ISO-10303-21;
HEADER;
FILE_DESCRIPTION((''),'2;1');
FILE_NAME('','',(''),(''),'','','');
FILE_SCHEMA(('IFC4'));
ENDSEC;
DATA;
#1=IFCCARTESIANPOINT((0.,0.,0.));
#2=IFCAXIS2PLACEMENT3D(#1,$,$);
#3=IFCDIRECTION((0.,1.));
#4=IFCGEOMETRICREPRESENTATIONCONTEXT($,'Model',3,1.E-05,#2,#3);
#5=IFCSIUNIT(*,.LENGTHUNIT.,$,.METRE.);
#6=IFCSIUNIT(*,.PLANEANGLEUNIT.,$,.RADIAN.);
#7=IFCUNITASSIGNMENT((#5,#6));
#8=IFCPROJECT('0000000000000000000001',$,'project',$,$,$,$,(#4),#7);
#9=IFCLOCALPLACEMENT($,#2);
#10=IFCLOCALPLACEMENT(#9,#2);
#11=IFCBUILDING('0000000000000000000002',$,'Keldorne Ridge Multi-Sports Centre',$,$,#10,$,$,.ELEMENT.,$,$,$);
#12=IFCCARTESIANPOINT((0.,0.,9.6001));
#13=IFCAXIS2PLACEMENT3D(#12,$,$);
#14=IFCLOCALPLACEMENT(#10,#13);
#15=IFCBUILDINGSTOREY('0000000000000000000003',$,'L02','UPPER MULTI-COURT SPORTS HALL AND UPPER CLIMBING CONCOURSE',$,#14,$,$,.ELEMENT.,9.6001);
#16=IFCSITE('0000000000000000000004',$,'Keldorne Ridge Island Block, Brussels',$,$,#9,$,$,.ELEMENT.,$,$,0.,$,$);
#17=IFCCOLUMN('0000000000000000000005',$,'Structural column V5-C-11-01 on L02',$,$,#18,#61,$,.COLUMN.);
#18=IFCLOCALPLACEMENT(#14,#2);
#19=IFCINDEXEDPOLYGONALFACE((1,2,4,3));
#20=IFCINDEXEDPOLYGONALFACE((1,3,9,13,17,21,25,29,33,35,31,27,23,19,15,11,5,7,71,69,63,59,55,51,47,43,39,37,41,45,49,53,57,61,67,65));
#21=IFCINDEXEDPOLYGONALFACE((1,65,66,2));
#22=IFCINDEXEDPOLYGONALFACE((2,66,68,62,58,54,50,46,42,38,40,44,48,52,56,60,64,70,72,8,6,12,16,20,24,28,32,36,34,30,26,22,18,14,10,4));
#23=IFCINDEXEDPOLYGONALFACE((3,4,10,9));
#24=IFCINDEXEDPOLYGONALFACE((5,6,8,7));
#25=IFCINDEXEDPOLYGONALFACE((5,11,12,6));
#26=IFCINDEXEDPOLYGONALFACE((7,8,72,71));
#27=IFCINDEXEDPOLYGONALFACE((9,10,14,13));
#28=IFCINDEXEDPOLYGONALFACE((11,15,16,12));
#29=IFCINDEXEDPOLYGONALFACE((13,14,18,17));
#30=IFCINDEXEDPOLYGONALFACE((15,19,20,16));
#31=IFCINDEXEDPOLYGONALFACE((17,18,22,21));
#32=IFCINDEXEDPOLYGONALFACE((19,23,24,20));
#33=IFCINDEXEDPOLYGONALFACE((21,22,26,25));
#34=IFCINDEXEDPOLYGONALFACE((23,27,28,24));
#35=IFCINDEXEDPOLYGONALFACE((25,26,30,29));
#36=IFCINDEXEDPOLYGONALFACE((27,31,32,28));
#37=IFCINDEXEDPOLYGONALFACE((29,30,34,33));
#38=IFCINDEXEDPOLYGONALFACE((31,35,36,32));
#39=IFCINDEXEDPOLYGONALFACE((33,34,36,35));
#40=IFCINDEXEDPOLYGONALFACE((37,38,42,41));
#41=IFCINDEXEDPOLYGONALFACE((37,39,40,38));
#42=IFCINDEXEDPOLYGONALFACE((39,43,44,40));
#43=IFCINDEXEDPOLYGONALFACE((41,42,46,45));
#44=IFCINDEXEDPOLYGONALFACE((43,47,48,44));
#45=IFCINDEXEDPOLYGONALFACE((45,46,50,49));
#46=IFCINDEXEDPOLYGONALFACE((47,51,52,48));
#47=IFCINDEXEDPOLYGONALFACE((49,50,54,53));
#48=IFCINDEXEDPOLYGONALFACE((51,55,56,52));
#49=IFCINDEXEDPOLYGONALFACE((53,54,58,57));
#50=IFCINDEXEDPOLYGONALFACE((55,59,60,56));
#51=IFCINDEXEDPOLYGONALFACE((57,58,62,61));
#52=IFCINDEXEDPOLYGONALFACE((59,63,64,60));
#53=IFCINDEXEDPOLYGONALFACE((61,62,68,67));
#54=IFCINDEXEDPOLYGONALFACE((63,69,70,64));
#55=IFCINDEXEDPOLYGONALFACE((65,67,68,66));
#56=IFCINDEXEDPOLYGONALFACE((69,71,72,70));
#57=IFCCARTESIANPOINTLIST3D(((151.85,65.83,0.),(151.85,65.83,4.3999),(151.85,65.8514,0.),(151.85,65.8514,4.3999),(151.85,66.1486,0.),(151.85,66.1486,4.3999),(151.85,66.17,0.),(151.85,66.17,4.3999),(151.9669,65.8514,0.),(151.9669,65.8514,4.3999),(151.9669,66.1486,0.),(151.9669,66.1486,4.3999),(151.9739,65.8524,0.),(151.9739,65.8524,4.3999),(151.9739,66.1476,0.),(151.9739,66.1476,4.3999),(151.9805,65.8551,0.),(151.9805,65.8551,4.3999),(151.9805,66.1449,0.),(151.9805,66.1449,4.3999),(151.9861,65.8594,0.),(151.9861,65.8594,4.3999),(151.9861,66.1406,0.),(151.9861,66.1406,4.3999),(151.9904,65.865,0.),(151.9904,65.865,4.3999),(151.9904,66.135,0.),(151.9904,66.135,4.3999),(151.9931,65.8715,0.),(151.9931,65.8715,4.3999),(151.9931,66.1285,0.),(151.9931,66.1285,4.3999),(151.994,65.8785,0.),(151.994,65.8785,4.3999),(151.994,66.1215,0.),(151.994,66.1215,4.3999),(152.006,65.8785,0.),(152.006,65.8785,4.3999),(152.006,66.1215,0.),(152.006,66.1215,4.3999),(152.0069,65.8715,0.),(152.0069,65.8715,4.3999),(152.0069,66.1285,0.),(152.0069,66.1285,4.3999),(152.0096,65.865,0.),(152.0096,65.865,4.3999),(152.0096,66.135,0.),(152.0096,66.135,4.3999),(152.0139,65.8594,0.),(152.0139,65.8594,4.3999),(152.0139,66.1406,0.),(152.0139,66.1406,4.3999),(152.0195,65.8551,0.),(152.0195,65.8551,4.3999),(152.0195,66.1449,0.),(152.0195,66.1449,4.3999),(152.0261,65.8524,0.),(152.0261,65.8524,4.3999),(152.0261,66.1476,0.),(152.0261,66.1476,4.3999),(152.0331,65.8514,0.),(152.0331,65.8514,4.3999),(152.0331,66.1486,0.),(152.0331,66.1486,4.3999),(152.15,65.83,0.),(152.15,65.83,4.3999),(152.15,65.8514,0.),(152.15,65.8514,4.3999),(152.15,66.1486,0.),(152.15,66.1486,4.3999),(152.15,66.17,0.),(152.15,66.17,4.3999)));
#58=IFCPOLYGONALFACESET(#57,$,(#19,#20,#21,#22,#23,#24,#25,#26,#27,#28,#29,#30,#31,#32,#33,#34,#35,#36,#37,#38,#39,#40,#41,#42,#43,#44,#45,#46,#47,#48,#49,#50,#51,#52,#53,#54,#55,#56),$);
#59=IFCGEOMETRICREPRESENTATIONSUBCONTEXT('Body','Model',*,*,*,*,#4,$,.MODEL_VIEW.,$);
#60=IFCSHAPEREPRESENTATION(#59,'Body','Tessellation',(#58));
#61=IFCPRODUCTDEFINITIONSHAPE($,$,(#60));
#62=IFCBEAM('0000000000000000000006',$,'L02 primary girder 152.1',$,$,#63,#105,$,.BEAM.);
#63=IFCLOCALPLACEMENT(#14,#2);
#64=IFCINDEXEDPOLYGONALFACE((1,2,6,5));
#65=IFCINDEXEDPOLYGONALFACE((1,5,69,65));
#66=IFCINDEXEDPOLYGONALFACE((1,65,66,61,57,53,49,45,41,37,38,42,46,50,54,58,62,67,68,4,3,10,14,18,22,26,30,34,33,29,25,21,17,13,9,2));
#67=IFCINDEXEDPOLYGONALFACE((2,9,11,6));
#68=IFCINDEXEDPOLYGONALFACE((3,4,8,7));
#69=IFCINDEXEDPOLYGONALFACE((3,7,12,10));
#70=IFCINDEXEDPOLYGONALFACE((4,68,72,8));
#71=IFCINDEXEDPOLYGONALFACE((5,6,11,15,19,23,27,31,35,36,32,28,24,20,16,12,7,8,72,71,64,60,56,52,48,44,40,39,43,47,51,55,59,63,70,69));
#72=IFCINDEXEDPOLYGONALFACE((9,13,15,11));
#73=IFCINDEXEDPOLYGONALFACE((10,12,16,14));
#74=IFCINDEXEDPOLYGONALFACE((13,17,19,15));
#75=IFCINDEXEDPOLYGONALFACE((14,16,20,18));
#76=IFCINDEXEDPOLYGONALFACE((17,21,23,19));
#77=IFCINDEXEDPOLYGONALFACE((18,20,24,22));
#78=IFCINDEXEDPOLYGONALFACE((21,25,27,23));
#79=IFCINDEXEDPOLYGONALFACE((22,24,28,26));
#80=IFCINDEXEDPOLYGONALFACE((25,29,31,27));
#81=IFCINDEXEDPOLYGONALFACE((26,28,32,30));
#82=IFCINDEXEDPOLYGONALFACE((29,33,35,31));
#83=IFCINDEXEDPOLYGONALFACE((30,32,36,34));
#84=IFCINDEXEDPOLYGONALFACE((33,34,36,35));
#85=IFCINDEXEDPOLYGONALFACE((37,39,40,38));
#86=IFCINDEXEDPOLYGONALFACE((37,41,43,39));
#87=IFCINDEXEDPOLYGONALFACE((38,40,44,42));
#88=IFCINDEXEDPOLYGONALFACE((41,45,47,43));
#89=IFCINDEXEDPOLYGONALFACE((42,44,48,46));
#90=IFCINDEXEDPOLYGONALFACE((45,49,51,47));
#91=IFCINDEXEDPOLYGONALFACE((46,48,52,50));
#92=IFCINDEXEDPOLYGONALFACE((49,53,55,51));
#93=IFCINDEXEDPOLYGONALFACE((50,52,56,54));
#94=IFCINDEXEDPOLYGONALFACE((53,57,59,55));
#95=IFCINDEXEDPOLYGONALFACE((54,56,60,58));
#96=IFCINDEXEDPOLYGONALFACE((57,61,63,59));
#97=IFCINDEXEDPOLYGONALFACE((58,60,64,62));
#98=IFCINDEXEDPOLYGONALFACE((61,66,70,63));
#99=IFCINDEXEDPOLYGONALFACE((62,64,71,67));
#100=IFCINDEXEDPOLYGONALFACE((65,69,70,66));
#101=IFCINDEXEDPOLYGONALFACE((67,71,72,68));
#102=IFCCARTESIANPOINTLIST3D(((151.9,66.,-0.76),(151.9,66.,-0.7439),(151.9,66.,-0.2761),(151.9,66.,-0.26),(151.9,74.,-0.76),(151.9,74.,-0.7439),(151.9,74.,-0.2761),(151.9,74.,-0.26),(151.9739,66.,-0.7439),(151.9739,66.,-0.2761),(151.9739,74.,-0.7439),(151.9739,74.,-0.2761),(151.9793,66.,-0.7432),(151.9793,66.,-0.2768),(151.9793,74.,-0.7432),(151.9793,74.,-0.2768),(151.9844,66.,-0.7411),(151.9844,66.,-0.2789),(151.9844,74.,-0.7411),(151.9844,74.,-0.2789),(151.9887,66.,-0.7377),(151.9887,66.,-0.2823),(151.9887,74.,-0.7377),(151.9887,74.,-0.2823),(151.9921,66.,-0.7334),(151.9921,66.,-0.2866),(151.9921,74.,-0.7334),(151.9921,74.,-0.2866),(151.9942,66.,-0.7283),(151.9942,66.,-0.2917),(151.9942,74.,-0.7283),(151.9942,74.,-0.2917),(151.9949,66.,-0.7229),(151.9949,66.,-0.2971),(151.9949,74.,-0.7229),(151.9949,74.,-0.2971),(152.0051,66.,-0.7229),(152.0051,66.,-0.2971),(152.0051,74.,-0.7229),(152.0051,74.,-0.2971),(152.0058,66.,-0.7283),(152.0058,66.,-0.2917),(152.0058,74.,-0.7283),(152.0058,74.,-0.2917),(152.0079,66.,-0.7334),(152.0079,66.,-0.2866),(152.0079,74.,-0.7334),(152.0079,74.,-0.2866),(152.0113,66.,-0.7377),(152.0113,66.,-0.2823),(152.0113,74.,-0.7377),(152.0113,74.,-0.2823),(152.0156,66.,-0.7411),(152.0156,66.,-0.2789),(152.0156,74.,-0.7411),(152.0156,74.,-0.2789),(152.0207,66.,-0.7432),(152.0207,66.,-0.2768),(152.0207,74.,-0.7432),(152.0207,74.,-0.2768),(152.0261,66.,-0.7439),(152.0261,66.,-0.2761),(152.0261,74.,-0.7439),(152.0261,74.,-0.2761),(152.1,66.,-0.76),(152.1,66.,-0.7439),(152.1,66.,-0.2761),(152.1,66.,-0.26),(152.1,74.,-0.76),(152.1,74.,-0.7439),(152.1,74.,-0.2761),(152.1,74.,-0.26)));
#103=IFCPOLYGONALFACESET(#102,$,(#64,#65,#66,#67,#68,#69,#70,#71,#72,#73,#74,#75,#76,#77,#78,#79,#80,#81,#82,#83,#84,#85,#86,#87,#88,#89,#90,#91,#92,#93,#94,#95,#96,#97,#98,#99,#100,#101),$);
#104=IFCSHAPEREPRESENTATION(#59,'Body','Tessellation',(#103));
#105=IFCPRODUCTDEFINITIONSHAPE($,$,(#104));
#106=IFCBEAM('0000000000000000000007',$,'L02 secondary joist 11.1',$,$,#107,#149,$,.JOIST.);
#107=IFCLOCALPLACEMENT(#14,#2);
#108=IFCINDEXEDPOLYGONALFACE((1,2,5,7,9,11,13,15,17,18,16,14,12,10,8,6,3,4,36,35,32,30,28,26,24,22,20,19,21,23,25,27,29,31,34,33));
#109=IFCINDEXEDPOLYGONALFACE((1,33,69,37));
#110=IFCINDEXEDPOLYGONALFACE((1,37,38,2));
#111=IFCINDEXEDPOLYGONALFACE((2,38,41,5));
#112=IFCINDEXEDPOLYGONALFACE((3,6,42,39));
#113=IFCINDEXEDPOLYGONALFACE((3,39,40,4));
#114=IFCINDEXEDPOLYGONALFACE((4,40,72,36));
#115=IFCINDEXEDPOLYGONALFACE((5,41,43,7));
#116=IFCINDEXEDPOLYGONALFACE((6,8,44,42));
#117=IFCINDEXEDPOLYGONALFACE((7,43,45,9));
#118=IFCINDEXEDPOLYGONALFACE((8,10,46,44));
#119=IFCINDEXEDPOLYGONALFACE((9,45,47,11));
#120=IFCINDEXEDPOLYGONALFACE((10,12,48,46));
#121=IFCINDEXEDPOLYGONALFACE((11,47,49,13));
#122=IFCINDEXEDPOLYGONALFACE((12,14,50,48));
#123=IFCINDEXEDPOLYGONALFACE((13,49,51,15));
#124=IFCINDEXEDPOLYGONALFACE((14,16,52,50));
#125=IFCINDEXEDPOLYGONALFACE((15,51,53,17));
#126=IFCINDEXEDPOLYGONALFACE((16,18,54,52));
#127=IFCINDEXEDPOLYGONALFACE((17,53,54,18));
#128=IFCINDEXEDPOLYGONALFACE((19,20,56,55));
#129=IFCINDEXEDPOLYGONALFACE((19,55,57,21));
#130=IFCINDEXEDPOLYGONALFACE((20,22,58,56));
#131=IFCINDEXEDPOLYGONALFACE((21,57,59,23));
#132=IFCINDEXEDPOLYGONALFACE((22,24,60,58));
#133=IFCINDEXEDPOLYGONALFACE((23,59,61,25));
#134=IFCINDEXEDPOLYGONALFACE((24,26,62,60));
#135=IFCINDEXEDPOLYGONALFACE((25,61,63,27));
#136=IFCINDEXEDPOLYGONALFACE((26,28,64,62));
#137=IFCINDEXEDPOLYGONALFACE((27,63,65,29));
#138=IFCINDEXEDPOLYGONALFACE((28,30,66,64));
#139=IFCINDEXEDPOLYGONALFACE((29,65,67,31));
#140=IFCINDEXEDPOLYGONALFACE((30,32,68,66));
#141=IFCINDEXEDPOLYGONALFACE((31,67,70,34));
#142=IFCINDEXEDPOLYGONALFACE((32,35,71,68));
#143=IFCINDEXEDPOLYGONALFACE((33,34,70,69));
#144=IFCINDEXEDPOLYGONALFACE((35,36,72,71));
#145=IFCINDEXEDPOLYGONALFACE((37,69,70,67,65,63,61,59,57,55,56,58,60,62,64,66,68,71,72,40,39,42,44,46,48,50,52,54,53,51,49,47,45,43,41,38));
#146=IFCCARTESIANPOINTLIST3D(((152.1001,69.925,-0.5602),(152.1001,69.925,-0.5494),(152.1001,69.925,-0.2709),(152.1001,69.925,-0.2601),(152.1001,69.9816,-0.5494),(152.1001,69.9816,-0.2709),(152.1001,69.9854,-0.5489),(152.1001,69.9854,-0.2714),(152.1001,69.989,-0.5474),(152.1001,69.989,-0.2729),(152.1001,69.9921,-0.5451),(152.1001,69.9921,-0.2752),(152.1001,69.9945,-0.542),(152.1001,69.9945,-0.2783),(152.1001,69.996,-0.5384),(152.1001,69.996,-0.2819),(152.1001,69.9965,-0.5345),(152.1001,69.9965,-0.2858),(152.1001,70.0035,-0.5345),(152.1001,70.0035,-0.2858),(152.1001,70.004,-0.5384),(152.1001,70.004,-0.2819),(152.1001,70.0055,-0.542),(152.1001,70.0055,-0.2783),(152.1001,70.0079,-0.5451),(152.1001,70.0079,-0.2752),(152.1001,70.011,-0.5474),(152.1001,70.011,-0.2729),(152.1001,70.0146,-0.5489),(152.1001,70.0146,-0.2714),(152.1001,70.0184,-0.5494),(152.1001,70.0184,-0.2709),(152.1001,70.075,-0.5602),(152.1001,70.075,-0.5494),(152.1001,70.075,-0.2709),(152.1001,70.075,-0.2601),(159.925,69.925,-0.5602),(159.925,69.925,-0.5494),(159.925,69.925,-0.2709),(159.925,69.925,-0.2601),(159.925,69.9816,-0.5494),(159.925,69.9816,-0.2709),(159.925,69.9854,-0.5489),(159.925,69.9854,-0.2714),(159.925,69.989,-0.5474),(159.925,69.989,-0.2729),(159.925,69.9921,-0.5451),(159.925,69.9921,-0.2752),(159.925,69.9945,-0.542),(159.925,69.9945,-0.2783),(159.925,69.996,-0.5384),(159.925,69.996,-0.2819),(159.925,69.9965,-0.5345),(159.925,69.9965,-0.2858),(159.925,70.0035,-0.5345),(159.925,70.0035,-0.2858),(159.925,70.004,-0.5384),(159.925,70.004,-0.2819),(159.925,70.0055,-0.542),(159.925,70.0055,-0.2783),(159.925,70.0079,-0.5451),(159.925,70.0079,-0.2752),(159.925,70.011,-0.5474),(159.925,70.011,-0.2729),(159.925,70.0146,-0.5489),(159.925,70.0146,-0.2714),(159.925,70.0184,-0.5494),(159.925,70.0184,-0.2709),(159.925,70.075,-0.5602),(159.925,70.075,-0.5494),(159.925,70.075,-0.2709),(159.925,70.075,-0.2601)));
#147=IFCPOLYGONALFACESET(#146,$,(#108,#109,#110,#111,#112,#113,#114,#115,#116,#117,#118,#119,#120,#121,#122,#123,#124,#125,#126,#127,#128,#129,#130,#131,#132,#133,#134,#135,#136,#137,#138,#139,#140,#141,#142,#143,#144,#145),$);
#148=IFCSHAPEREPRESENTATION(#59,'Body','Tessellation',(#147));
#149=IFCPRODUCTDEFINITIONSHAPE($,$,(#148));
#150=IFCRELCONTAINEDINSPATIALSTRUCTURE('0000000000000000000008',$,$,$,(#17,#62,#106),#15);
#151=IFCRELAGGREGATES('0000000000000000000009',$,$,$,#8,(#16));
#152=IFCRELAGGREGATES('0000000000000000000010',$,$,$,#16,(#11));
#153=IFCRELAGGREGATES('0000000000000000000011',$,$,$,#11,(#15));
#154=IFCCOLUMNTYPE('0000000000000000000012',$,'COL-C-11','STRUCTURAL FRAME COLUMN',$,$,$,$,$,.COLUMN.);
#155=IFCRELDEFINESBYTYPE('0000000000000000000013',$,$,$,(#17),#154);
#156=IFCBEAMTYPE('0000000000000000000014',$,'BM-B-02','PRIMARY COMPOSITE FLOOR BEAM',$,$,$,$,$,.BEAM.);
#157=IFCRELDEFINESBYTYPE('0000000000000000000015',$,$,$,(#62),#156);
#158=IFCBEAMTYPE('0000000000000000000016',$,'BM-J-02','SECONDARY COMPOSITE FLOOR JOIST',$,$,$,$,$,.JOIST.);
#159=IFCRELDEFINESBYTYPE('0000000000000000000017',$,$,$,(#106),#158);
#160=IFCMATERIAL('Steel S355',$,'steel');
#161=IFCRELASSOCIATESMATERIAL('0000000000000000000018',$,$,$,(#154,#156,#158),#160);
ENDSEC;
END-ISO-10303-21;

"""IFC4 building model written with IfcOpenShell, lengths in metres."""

from ifc_helpers import new_model, si_unit, direction, frame, origin, origin_2d, place, context, subcontext, project, spatial, i_section, extrude, material, material_profile, profile_set, type_object, element, save


model = new_model("IFC4")

# Units and contexts
model_context = context("Model", 3, precision=1e-05, world=origin(), true_north=direction((0.0, 1.0)))
body_context = subcontext(model_context, "Body", "Model", "MODEL_VIEW")
ifc_project = project(units=[si_unit("LENGTHUNIT", "METRE"), si_unit("PLANEANGLEUNIT", "RADIAN")], contexts=[model_context])

# Site, building, storey
site_placement = place(None, origin())
site = spatial("IfcSite", under=ifc_project, at=site_placement, Name="Keldorne Ridge Island Block, Brussels", CompositionType="ELEMENT", RefElevation=0.0)
building_placement = place(site_placement, origin())
building = spatial("IfcBuilding", under=site, at=building_placement, Name="Keldorne Ridge Multi-Sports Centre", CompositionType="ELEMENT")
storey_placement = place(building_placement, frame((0.0, 0.0, 9.6001)))
storey = spatial("IfcBuildingStorey", under=building, at=storey_placement, Name="L02", Description="UPPER MULTI-COURT SPORTS HALL AND UPPER CLIMBING CONCOURSE", CompositionType="ELEMENT", Elevation=9.6001)

# Column
ifc_material_1 = material(Name="Steel S355", Category="steel")
ifc_material_profile_1 = material_profile(ifc_material_1, i_section(OverallWidth=0.3, OverallDepth=0.3401, WebThickness=0.012, FlangeThickness=0.0215, FilletRadius=0.0271, at=origin_2d()), Name="HEB 340")
ifc_profile_set_1 = profile_set([ifc_material_profile_1], Name="Steel S355")
column_type = type_object("IfcColumnType", Name="COL-C-11", Description="STRUCTURAL FRAME COLUMN", PredefinedType="COLUMN", material=ifc_profile_set_1)
column_placement = place(storey_placement, frame((152.0, 66.0, 0.0), z_axis=(0.0, 0.0, 1.0), x_axis=(1.0, 0.0, 0.0)))
element("IfcColumn", 1, at=column_placement, inside=storey, type_object=column_type, Name="Structural column V5-C-11-01 on L02", PredefinedType="COLUMN", context=body_context, shape_type="SweptSolid", body=[
    extrude(i_section(OverallWidth=0.3, OverallDepth=0.3401, WebThickness=0.012, FlangeThickness=0.0215, FilletRadius=0.0271, at=origin_2d()), origin(), (0.0, 0.0, 1.0), 4.3999),
])

# Beams
ifc_material_profile_2 = material_profile(ifc_material_1, i_section(OverallWidth=0.2, OverallDepth=0.5, WebThickness=0.0103, FlangeThickness=0.0161, FilletRadius=0.021, at=origin_2d()), Name="IPE 500")
ifc_profile_set_2 = profile_set([ifc_material_profile_2], Name="Steel S355")
beam_type_1 = type_object("IfcBeamType", Name="BM-B-02", Description="PRIMARY COMPOSITE FLOOR BEAM", PredefinedType="BEAM", material=ifc_profile_set_2)
beam_1_placement = place(storey_placement, frame((152.0, 66.0, -0.51), z_axis=(0.0, 1.0, 0.0), x_axis=(-1.0, 0.0, 0.0)))
element("IfcBeam", 2, at=beam_1_placement, inside=storey, type_object=beam_type_1, Name="L02 primary girder 152.1", PredefinedType="BEAM", context=body_context, shape_type="SweptSolid", body=[
    extrude(i_section(OverallWidth=0.2, OverallDepth=0.5, WebThickness=0.0103, FlangeThickness=0.0161, FilletRadius=0.021, at=origin_2d()), origin(), (0.0, 0.0, 1.0), 8.0),
])
ifc_material_profile_3 = material_profile(ifc_material_1, i_section(OverallWidth=0.1499, OverallDepth=0.3, WebThickness=0.0071, FlangeThickness=0.0107, FilletRadius=0.0149, at=origin_2d()), Name="IPE 300")
ifc_profile_set_3 = profile_set([ifc_material_profile_3], Name="Steel S355")
beam_type_2 = type_object("IfcBeamType", Name="BM-J-02", Description="SECONDARY COMPOSITE FLOOR JOIST", PredefinedType="JOIST", material=ifc_profile_set_3)
beam_2_placement = place(storey_placement, frame((152.1001, 70.0, -0.4102), z_axis=(1.0, 0.0, 0.0), x_axis=(0.0, 1.0, 0.0)))
element("IfcBeam", 3, at=beam_2_placement, inside=storey, type_object=beam_type_2, Name="L02 secondary joist 11.1", PredefinedType="JOIST", context=body_context, shape_type="SweptSolid", body=[
    extrude(i_section(OverallWidth=0.1499, OverallDepth=0.3, WebThickness=0.0071, FlangeThickness=0.0107, FilletRadius=0.0149, at=origin_2d()), origin(), (0.0, 0.0, 1.0), 7.825),
])

save(model, "model.ifc")
